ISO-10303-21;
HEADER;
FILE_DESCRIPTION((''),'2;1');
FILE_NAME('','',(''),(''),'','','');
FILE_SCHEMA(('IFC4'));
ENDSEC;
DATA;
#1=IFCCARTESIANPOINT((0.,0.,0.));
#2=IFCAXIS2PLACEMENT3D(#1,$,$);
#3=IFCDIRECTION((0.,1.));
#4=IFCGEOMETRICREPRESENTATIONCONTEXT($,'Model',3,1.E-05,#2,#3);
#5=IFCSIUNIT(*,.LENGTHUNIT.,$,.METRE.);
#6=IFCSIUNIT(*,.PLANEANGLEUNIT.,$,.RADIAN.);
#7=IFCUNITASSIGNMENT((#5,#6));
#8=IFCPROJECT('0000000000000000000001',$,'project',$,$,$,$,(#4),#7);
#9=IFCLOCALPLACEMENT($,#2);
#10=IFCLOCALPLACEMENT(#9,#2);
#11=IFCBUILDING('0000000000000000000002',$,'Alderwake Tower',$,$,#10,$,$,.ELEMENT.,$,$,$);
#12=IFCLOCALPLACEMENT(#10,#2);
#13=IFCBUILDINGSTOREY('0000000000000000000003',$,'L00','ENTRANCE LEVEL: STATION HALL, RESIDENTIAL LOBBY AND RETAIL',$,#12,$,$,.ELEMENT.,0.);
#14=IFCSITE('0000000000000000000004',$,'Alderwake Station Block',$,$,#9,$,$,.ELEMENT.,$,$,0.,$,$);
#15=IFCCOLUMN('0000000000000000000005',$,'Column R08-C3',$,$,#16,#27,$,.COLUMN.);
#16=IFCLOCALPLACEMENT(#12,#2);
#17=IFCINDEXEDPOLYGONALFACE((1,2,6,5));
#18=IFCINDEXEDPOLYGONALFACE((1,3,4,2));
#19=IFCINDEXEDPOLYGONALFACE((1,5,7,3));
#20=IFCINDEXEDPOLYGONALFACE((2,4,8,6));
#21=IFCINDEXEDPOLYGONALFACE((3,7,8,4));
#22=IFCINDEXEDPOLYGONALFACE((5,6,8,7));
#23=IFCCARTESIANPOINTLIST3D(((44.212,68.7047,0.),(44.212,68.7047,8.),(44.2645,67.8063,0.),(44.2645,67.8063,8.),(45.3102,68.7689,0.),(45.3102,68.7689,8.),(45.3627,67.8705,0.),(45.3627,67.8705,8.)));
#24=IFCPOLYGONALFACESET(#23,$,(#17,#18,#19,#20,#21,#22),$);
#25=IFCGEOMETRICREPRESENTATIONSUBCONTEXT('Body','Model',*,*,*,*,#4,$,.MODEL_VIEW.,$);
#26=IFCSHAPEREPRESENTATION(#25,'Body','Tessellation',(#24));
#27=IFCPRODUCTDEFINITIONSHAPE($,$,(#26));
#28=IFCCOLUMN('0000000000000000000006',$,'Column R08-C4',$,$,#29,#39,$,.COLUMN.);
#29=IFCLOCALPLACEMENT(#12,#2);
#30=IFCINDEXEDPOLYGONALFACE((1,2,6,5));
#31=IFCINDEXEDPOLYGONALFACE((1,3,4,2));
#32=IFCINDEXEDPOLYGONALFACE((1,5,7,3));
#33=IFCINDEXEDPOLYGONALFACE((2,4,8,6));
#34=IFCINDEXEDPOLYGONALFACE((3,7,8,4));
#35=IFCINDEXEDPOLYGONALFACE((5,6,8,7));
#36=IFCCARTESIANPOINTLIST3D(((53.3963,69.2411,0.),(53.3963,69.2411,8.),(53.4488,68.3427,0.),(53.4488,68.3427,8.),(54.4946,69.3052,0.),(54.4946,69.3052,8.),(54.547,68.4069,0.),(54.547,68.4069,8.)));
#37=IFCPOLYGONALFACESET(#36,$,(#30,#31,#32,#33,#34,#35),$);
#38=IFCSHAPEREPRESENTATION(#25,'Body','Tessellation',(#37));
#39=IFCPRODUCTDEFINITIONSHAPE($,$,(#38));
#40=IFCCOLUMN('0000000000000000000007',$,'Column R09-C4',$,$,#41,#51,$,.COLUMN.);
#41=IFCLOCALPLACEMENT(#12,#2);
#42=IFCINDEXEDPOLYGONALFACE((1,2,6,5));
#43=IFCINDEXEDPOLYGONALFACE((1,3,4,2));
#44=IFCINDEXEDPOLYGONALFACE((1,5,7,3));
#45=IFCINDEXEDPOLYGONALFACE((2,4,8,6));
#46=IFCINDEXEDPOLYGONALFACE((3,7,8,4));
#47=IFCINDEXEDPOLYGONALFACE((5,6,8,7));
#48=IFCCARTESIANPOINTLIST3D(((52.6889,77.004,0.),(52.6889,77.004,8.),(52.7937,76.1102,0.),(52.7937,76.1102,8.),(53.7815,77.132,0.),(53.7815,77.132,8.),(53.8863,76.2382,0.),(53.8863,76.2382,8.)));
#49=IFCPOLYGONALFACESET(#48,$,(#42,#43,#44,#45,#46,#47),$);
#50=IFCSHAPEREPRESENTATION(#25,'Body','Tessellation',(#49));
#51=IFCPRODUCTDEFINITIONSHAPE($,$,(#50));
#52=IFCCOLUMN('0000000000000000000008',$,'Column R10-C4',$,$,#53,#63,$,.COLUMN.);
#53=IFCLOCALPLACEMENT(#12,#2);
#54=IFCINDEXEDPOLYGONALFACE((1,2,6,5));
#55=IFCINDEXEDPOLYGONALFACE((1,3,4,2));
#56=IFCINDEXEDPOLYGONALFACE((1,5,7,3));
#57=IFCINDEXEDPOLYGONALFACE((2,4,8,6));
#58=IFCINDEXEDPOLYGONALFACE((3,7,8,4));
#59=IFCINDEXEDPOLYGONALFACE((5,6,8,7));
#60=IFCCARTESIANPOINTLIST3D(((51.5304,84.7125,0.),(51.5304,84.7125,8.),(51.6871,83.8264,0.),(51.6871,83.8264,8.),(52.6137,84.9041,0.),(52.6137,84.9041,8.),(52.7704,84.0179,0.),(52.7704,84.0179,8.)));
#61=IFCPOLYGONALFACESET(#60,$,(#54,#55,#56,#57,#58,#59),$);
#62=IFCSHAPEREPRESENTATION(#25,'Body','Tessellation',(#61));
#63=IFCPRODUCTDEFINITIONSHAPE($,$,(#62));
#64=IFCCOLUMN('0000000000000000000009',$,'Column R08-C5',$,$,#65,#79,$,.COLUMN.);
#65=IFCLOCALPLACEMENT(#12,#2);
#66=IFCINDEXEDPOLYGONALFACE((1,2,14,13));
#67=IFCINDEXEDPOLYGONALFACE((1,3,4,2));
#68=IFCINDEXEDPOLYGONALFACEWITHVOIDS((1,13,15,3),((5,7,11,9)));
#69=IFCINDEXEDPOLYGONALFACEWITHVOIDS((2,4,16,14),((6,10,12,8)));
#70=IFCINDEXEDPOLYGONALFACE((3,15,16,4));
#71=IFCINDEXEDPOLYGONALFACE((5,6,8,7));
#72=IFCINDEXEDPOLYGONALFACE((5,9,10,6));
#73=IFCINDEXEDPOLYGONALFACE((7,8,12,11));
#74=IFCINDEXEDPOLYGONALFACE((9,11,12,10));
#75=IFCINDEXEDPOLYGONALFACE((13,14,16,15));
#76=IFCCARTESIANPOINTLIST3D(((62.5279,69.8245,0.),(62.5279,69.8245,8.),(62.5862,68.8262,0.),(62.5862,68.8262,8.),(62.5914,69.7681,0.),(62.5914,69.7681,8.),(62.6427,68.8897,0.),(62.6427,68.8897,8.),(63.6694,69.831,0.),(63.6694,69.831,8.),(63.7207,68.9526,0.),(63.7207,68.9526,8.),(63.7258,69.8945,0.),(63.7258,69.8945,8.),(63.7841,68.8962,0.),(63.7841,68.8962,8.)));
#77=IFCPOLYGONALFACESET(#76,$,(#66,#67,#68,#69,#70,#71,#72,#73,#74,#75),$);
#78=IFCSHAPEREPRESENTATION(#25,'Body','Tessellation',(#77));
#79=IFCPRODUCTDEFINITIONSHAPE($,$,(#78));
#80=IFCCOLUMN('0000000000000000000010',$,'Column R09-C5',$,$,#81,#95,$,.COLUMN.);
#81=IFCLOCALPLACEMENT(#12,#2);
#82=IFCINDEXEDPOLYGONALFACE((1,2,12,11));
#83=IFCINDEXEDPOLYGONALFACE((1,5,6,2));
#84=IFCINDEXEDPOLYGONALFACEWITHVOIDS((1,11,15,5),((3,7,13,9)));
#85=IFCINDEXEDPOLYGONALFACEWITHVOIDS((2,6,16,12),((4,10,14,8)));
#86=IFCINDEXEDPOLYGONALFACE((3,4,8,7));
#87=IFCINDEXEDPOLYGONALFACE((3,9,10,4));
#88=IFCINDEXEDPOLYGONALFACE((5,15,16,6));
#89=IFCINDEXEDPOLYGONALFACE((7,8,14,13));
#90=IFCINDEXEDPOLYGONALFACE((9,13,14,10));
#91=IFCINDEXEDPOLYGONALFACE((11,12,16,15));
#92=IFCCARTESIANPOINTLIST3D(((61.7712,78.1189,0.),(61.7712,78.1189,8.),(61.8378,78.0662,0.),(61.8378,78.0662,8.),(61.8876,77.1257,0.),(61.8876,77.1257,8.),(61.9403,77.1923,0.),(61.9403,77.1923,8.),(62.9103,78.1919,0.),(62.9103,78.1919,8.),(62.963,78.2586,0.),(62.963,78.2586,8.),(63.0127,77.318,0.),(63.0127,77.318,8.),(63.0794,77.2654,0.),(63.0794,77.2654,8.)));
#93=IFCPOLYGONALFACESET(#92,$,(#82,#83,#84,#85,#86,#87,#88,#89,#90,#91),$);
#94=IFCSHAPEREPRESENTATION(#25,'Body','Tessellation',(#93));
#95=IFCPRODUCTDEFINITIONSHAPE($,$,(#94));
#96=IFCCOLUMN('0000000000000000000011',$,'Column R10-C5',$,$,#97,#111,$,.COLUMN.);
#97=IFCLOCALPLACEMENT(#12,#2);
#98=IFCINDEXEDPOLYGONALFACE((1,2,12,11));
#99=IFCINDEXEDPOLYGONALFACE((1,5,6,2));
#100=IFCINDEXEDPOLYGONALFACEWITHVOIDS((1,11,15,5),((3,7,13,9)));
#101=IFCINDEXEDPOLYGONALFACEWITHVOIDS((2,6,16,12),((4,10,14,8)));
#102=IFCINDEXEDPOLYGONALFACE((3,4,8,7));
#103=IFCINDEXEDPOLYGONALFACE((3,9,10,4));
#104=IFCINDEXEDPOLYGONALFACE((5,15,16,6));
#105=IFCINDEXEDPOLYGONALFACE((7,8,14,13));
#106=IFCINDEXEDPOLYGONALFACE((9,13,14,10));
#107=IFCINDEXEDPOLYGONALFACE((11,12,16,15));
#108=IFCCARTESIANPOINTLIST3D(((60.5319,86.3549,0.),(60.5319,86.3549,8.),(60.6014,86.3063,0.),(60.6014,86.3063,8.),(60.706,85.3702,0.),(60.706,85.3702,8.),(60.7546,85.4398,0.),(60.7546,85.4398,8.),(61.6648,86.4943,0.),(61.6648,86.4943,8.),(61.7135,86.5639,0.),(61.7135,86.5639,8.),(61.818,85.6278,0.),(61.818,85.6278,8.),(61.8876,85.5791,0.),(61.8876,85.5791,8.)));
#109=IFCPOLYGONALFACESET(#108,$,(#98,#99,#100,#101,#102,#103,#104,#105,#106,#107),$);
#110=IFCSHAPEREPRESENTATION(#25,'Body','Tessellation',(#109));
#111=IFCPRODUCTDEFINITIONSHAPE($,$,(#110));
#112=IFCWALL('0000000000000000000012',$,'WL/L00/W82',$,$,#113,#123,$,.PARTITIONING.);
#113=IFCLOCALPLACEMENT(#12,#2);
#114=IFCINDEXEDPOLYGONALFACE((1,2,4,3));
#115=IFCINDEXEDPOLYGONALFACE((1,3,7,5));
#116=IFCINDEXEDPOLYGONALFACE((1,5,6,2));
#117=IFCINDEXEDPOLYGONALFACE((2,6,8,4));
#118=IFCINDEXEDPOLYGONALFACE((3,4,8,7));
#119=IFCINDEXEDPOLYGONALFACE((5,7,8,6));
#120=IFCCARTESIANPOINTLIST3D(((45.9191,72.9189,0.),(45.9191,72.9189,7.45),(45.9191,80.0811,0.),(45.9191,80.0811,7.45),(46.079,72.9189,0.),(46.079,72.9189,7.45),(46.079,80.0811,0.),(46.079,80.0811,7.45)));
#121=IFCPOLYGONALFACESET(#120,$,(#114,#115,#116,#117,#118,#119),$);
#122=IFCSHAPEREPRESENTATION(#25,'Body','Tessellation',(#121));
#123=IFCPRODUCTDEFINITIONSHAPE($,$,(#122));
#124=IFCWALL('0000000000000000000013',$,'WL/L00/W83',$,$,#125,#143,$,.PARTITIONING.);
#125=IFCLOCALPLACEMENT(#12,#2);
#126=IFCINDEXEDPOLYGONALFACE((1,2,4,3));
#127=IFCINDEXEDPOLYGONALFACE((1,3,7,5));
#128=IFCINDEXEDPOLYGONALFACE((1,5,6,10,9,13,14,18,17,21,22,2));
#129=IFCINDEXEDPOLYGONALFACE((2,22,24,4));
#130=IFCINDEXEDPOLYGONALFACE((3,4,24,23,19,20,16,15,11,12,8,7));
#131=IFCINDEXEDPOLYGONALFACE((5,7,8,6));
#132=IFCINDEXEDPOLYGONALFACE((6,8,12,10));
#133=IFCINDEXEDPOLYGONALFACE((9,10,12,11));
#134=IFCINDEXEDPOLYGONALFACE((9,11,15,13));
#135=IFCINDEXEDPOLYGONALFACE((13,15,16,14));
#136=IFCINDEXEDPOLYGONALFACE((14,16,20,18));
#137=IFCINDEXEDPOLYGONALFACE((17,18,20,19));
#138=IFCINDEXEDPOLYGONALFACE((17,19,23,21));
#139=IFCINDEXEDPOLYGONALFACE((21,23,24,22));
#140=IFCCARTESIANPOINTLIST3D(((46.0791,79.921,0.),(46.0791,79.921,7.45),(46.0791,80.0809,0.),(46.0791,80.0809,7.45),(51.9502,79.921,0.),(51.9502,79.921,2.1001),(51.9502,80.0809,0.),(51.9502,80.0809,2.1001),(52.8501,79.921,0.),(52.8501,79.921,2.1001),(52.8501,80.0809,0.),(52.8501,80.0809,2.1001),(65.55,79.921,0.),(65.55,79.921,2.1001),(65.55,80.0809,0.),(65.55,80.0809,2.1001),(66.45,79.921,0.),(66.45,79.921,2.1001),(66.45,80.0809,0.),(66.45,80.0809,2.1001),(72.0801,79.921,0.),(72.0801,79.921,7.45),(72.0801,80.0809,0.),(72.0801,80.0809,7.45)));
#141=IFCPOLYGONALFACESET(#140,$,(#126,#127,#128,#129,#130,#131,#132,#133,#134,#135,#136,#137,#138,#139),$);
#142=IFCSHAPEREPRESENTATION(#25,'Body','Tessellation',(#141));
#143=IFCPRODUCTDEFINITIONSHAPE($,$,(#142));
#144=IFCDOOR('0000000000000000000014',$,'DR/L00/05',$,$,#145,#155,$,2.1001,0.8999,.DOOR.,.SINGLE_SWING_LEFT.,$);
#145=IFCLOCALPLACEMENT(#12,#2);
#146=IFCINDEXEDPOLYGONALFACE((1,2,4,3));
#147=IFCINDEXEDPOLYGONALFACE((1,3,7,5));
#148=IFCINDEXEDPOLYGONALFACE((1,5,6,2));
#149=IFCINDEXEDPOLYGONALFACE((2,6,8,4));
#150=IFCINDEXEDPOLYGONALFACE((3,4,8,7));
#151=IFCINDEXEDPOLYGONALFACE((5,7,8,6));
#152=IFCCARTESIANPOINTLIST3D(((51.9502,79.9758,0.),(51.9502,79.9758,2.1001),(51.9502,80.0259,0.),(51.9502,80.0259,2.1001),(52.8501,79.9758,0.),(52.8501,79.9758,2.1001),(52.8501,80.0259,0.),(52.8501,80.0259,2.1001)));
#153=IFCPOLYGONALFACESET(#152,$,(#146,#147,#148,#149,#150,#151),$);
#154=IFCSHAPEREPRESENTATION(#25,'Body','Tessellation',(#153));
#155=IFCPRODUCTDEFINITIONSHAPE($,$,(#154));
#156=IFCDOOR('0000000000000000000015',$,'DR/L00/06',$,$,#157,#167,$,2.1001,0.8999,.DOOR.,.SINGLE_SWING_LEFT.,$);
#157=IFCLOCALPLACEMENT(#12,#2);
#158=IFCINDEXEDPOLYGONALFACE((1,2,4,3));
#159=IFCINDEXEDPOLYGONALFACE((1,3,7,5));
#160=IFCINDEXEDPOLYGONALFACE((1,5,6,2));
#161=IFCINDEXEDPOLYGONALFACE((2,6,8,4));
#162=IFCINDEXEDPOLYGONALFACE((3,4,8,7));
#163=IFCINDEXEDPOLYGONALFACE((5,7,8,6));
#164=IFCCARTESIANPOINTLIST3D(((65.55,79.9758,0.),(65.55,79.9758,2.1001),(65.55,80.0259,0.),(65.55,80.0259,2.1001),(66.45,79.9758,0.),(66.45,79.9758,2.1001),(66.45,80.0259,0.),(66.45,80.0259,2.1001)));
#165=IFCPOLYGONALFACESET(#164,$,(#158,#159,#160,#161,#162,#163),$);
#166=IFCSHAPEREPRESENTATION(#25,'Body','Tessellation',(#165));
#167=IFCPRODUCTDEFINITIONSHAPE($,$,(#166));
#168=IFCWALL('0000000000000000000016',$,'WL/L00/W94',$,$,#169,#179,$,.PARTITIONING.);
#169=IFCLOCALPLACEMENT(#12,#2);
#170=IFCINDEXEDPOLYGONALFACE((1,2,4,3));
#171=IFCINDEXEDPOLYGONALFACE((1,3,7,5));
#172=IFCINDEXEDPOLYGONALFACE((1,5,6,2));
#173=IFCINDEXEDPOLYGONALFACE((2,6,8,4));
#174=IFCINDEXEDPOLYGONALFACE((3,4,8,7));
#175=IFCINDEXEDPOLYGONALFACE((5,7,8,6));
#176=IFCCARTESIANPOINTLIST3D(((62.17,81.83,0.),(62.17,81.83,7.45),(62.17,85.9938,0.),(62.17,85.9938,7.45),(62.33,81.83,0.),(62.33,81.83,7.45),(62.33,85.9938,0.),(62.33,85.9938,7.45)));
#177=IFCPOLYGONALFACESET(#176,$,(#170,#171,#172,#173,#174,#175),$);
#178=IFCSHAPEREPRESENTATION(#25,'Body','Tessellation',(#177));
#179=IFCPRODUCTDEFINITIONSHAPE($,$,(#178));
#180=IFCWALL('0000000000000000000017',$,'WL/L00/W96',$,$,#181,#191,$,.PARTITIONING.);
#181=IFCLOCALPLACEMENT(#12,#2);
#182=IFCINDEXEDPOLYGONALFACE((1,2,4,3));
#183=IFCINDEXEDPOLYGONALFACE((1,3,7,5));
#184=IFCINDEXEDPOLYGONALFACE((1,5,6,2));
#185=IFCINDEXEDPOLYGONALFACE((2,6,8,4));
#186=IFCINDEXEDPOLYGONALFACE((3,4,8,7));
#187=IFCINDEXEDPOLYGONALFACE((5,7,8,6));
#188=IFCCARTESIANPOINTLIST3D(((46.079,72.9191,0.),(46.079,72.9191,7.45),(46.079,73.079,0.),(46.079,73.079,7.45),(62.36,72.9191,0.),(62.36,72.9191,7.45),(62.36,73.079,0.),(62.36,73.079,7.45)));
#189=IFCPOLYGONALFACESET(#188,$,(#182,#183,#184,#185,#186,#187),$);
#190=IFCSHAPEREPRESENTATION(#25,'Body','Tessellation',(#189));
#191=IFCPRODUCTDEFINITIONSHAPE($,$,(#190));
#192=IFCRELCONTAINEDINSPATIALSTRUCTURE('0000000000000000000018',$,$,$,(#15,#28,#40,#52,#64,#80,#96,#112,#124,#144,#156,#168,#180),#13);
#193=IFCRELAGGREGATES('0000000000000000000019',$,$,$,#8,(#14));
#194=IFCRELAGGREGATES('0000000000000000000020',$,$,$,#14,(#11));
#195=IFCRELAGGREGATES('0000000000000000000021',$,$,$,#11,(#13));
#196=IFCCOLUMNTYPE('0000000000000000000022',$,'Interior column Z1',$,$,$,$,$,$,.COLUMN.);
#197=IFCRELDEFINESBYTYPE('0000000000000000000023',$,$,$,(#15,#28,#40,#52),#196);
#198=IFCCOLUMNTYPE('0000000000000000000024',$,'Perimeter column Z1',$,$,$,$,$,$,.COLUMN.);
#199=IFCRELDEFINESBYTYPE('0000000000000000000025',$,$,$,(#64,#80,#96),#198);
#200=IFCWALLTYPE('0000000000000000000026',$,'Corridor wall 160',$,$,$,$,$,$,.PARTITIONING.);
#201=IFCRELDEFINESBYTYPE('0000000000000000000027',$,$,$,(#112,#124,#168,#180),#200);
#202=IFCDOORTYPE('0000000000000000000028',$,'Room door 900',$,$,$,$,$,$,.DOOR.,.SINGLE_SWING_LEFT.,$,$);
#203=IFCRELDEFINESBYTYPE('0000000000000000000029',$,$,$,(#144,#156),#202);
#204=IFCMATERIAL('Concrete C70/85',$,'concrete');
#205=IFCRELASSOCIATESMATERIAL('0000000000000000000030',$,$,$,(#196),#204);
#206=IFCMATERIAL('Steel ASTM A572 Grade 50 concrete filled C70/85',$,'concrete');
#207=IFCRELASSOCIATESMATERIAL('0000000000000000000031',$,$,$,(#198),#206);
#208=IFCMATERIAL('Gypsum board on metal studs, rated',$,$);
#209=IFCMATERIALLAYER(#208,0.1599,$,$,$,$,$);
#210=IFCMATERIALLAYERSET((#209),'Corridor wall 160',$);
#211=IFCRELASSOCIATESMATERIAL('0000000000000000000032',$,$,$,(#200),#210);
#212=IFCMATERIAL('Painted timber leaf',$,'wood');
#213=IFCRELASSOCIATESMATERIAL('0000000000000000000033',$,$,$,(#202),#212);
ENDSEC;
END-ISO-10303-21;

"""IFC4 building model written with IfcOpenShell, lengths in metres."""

from ifc_helpers import new_model, si_unit, direction, frame, frame_2d, origin, origin_2d, place, context, subcontext, project, spatial, rectangle, hollow_rectangle, extrude, material, layer, layer_set, material_profile, profile_set, type_object, element, fill, save


model = new_model("IFC4")

# Units and contexts
model_context = context("Model", 3, precision=1e-05, world=origin(), true_north=direction((0.0, 1.0)))
body_context = subcontext(model_context, "Body", "Model", "MODEL_VIEW")
ifc_project = project(units=[si_unit("LENGTHUNIT", "METRE"), si_unit("PLANEANGLEUNIT", "RADIAN")], contexts=[model_context])

# Site, building, storey
site_placement = place(None, origin())
site = spatial("IfcSite", under=ifc_project, at=site_placement, Name="Alderwake Station Block", CompositionType="ELEMENT", RefElevation=0.0)
building_placement = place(site_placement, origin())
building = spatial("IfcBuilding", under=site, at=building_placement, Name="Alderwake Tower", CompositionType="ELEMENT")
storey_placement = place(building_placement, origin())
storey = spatial("IfcBuildingStorey", under=building, at=storey_placement, Name="L00", Description="ENTRANCE LEVEL: STATION HALL, RESIDENTIAL LOBBY AND RETAIL", CompositionType="ELEMENT", Elevation=0.0)

# Columns
ifc_material_1 = material(Name="Concrete C70/85", Category="concrete")
ifc_material_profile_1 = material_profile(ifc_material_1, rectangle(XDim=0.8999, YDim=1.1001, at=origin_2d()), Name="RC 1100X900")
ifc_profile_set_1 = profile_set([ifc_material_profile_1], Name="Concrete C70/85")
column_type_1 = type_object("IfcColumnType", Name="Interior column Z1", PredefinedType="COLUMN", material=ifc_profile_set_1)
for number, where, z_axis, x_axis, name in (
    (1, (44.7874, 68.2876, 0.0), (0.0, 0.0, 1.0), (-0.058299, 0.998299, 0.0), "Column R08-C3"),
    (2, (53.9717, 68.824, 0.0), (0.0, 0.0, 1.0), (-0.058301, 0.998299, 0.0), "Column R08-C4"),
    (3, (53.2876, 76.6211, 0.0), (0.0, 0.0, 1.0), (-0.116402, 0.993202, 0.0), "Column R09-C4"),
    (4, (52.1504, 84.3652, 0.0), (0.0, 0.0, 1.0), (-0.174109, 0.984726, 0.0), "Column R10-C4"),
):
    element("IfcColumn", number, at=place(storey_placement, frame(where, z_axis=z_axis, x_axis=x_axis)), inside=storey, type_object=column_type_1, Name=name, PredefinedType="COLUMN", context=body_context, shape_type="SweptSolid", body=[
        extrude(rectangle(XDim=0.8999, YDim=1.1001, at=origin_2d()), origin(), (0.0, 0.0, 1.0), 8.0),
    ])
ifc_material_2 = material(Name="Steel ASTM A572 Grade 50 concrete filled C70/85", Category="concrete")
ifc_material_profile_2 = material_profile(ifc_material_2, hollow_rectangle(XDim=1.0, YDim=1.2, WallThickness=0.0601, at=origin_2d()), Name="BOX 1200X1000X60")
ifc_profile_set_2 = profile_set([ifc_material_profile_2], Name="Steel ASTM A572 Grade 50 concrete filled C70/85")
column_type_2 = type_object("IfcColumnType", Name="Perimeter column Z1", PredefinedType="COLUMN", material=ifc_profile_set_2)
for number, where, z_axis, x_axis, name in (
    (5, (63.156, 69.3604, 0.0), (0.0, 0.0, 1.0), (-0.058301, 0.998299, 0.0), "Column R08-C5"),
    (6, (62.4253, 77.6921, 0.0), (0.0, 0.0, 1.0), (-0.116402, 0.993202, 0.0), "Column R09-C5"),
    (7, (61.2097, 85.967, 0.0), (0.0, 0.0, 1.0), (-0.174109, 0.984726, 0.0), "Column R10-C5"),
):
    element("IfcColumn", number, at=place(storey_placement, frame(where, z_axis=z_axis, x_axis=x_axis)), inside=storey, type_object=column_type_2, Name=name, PredefinedType="COLUMN", context=body_context, shape_type="SweptSolid", body=[
        extrude(hollow_rectangle(XDim=1.0, YDim=1.2, WallThickness=0.0601, at=origin_2d()), origin(), (0.0, 0.0, 1.0), 8.0),
    ])

# Wall
ifc_material_3 = material(Name="Gypsum board on metal studs, rated")
ifc_layer_1 = layer(ifc_material_3, 0.1599)
ifc_layer_set_1 = layer_set([ifc_layer_1], Name="Corridor wall 160")
wall_type_1 = type_object("IfcWallType", Name="Corridor wall 160", PredefinedType="PARTITIONING", material=ifc_layer_set_1)
wall_1_placement = place(storey_placement, frame((45.999, 72.9189, 0.0), z_axis=(0.0, 0.0, 1.0), x_axis=(0.0, 1.0, 0.0)))
element("IfcWall", 8, at=wall_1_placement, inside=storey, type_object=wall_type_1, Name="WL/L00/W82", PredefinedType="PARTITIONING", context=body_context, shape_type="SweptSolid", body=[
    extrude(rectangle(XDim=7.1621, YDim=0.1599, at=frame_2d((3.5811, 0.0))), origin(), (0.0, 0.0, 1.0), 7.45),
])

# Wall, openings, doors
wall_2_placement = place(storey_placement, frame((46.0791, 80.001, 0.0), z_axis=(0.0, 0.0, 1.0), x_axis=(1.0, 0.0, 0.0)))
wall_2 = element("IfcWall", 9, at=wall_2_placement, inside=storey, type_object=wall_type_1, Name="WL/L00/W83", PredefinedType="PARTITIONING", context=body_context, shape_type="SweptSolid", body=[
    extrude(rectangle(XDim=26.001, YDim=0.1599, at=frame_2d((13.0005, 0.0))), origin(), (0.0, 0.0, 1.0), 7.45),
])
opening_1_placement = place(wall_2_placement, frame((5.8711, 0.0, 0.0)))
opening_1 = element("IfcOpeningElement", 10, at=opening_1_placement, cuts=wall_2, PredefinedType="OPENING", context=body_context, shape_type="SweptSolid", body=[
    extrude(rectangle(XDim=0.8999, YDim=2.1001, at=frame_2d((0.45, 1.05))), frame((0.0, 0.0898, 0.0), z_axis=(0.0, -1.0, 0.0), x_axis=(1.0, 0.0, 0.0)), (0.0, 0.0, 1.0), 0.1799),
])
opening_2_placement = place(wall_2_placement, frame((19.4709, 0.0, 0.0)))
opening_2 = element("IfcOpeningElement", 11, at=opening_2_placement, cuts=wall_2, PredefinedType="OPENING", context=body_context, shape_type="SweptSolid", body=[
    extrude(rectangle(XDim=0.8999, YDim=2.1001, at=frame_2d((0.45, 1.05))), frame((0.0, 0.0898, 0.0), z_axis=(0.0, -1.0, 0.0), x_axis=(1.0, 0.0, 0.0)), (0.0, 0.0, 1.0), 0.1799),
])
ifc_material_4 = material(Name="Painted timber leaf", Category="wood")
door_type = type_object("IfcDoorType", Name="Room door 900", OperationType="SINGLE_SWING_LEFT", PredefinedType="DOOR", material=ifc_material_4)
door_1_placement = place(opening_1_placement, origin())
door_1 = element("IfcDoor", 12, at=door_1_placement, inside=storey, type_object=door_type, Name="DR/L00/05", OperationType="SINGLE_SWING_LEFT", OverallHeight=2.1001, OverallWidth=0.8999, PredefinedType="DOOR", context=body_context, shape_type="SweptSolid", body=[
    extrude(rectangle(XDim=0.8999, YDim=2.1001, at=frame_2d((0.45, 1.05))), frame((0.0, 0.0249, 0.0), z_axis=(0.0, -1.0, 0.0), x_axis=(1.0, 0.0, 0.0)), (0.0, 0.0, 1.0), 0.05),
])
fill(opening_1, door_1)
door_2_placement = place(opening_2_placement, origin())
door_2 = element("IfcDoor", 13, at=door_2_placement, inside=storey, type_object=door_type, Name="DR/L00/06", OperationType="SINGLE_SWING_LEFT", OverallHeight=2.1001, OverallWidth=0.8999, PredefinedType="DOOR", context=body_context, shape_type="SweptSolid", body=[
    extrude(rectangle(XDim=0.8999, YDim=2.1001, at=frame_2d((0.45, 1.05))), frame((0.0, 0.0249, 0.0), z_axis=(0.0, -1.0, 0.0), x_axis=(1.0, 0.0, 0.0)), (0.0, 0.0, 1.0), 0.05),
])
fill(opening_2, door_2)

# Walls
wall_3_placement = place(storey_placement, frame((62.25, 85.9939, 0.0), z_axis=(0.0, 0.0, 1.0), x_axis=(0.0, -1.0, 0.0)))
element("IfcWall", 14, at=wall_3_placement, inside=storey, type_object=wall_type_1, Name="WL/L00/W94", PredefinedType="PARTITIONING", context=body_context, shape_type="SweptSolid", body=[
    extrude(rectangle(XDim=4.1638, YDim=0.1599, at=frame_2d((2.082, 0.0))), origin(), (0.0, 0.0, 1.0), 7.45),
])
wall_4_placement = place(storey_placement, frame((62.3601, 72.999, 0.0), z_axis=(0.0, 0.0, 1.0), x_axis=(-1.0, 0.0, 0.0)))
element("IfcWall", 15, at=wall_4_placement, inside=storey, type_object=wall_type_1, Name="WL/L00/W96", PredefinedType="PARTITIONING", context=body_context, shape_type="SweptSolid", body=[
    extrude(rectangle(XDim=16.281, YDim=0.1599, at=frame_2d((8.1406, 0.0))), origin(), (0.0, 0.0, 1.0), 7.45),
])

save(model, "model.ifc")
